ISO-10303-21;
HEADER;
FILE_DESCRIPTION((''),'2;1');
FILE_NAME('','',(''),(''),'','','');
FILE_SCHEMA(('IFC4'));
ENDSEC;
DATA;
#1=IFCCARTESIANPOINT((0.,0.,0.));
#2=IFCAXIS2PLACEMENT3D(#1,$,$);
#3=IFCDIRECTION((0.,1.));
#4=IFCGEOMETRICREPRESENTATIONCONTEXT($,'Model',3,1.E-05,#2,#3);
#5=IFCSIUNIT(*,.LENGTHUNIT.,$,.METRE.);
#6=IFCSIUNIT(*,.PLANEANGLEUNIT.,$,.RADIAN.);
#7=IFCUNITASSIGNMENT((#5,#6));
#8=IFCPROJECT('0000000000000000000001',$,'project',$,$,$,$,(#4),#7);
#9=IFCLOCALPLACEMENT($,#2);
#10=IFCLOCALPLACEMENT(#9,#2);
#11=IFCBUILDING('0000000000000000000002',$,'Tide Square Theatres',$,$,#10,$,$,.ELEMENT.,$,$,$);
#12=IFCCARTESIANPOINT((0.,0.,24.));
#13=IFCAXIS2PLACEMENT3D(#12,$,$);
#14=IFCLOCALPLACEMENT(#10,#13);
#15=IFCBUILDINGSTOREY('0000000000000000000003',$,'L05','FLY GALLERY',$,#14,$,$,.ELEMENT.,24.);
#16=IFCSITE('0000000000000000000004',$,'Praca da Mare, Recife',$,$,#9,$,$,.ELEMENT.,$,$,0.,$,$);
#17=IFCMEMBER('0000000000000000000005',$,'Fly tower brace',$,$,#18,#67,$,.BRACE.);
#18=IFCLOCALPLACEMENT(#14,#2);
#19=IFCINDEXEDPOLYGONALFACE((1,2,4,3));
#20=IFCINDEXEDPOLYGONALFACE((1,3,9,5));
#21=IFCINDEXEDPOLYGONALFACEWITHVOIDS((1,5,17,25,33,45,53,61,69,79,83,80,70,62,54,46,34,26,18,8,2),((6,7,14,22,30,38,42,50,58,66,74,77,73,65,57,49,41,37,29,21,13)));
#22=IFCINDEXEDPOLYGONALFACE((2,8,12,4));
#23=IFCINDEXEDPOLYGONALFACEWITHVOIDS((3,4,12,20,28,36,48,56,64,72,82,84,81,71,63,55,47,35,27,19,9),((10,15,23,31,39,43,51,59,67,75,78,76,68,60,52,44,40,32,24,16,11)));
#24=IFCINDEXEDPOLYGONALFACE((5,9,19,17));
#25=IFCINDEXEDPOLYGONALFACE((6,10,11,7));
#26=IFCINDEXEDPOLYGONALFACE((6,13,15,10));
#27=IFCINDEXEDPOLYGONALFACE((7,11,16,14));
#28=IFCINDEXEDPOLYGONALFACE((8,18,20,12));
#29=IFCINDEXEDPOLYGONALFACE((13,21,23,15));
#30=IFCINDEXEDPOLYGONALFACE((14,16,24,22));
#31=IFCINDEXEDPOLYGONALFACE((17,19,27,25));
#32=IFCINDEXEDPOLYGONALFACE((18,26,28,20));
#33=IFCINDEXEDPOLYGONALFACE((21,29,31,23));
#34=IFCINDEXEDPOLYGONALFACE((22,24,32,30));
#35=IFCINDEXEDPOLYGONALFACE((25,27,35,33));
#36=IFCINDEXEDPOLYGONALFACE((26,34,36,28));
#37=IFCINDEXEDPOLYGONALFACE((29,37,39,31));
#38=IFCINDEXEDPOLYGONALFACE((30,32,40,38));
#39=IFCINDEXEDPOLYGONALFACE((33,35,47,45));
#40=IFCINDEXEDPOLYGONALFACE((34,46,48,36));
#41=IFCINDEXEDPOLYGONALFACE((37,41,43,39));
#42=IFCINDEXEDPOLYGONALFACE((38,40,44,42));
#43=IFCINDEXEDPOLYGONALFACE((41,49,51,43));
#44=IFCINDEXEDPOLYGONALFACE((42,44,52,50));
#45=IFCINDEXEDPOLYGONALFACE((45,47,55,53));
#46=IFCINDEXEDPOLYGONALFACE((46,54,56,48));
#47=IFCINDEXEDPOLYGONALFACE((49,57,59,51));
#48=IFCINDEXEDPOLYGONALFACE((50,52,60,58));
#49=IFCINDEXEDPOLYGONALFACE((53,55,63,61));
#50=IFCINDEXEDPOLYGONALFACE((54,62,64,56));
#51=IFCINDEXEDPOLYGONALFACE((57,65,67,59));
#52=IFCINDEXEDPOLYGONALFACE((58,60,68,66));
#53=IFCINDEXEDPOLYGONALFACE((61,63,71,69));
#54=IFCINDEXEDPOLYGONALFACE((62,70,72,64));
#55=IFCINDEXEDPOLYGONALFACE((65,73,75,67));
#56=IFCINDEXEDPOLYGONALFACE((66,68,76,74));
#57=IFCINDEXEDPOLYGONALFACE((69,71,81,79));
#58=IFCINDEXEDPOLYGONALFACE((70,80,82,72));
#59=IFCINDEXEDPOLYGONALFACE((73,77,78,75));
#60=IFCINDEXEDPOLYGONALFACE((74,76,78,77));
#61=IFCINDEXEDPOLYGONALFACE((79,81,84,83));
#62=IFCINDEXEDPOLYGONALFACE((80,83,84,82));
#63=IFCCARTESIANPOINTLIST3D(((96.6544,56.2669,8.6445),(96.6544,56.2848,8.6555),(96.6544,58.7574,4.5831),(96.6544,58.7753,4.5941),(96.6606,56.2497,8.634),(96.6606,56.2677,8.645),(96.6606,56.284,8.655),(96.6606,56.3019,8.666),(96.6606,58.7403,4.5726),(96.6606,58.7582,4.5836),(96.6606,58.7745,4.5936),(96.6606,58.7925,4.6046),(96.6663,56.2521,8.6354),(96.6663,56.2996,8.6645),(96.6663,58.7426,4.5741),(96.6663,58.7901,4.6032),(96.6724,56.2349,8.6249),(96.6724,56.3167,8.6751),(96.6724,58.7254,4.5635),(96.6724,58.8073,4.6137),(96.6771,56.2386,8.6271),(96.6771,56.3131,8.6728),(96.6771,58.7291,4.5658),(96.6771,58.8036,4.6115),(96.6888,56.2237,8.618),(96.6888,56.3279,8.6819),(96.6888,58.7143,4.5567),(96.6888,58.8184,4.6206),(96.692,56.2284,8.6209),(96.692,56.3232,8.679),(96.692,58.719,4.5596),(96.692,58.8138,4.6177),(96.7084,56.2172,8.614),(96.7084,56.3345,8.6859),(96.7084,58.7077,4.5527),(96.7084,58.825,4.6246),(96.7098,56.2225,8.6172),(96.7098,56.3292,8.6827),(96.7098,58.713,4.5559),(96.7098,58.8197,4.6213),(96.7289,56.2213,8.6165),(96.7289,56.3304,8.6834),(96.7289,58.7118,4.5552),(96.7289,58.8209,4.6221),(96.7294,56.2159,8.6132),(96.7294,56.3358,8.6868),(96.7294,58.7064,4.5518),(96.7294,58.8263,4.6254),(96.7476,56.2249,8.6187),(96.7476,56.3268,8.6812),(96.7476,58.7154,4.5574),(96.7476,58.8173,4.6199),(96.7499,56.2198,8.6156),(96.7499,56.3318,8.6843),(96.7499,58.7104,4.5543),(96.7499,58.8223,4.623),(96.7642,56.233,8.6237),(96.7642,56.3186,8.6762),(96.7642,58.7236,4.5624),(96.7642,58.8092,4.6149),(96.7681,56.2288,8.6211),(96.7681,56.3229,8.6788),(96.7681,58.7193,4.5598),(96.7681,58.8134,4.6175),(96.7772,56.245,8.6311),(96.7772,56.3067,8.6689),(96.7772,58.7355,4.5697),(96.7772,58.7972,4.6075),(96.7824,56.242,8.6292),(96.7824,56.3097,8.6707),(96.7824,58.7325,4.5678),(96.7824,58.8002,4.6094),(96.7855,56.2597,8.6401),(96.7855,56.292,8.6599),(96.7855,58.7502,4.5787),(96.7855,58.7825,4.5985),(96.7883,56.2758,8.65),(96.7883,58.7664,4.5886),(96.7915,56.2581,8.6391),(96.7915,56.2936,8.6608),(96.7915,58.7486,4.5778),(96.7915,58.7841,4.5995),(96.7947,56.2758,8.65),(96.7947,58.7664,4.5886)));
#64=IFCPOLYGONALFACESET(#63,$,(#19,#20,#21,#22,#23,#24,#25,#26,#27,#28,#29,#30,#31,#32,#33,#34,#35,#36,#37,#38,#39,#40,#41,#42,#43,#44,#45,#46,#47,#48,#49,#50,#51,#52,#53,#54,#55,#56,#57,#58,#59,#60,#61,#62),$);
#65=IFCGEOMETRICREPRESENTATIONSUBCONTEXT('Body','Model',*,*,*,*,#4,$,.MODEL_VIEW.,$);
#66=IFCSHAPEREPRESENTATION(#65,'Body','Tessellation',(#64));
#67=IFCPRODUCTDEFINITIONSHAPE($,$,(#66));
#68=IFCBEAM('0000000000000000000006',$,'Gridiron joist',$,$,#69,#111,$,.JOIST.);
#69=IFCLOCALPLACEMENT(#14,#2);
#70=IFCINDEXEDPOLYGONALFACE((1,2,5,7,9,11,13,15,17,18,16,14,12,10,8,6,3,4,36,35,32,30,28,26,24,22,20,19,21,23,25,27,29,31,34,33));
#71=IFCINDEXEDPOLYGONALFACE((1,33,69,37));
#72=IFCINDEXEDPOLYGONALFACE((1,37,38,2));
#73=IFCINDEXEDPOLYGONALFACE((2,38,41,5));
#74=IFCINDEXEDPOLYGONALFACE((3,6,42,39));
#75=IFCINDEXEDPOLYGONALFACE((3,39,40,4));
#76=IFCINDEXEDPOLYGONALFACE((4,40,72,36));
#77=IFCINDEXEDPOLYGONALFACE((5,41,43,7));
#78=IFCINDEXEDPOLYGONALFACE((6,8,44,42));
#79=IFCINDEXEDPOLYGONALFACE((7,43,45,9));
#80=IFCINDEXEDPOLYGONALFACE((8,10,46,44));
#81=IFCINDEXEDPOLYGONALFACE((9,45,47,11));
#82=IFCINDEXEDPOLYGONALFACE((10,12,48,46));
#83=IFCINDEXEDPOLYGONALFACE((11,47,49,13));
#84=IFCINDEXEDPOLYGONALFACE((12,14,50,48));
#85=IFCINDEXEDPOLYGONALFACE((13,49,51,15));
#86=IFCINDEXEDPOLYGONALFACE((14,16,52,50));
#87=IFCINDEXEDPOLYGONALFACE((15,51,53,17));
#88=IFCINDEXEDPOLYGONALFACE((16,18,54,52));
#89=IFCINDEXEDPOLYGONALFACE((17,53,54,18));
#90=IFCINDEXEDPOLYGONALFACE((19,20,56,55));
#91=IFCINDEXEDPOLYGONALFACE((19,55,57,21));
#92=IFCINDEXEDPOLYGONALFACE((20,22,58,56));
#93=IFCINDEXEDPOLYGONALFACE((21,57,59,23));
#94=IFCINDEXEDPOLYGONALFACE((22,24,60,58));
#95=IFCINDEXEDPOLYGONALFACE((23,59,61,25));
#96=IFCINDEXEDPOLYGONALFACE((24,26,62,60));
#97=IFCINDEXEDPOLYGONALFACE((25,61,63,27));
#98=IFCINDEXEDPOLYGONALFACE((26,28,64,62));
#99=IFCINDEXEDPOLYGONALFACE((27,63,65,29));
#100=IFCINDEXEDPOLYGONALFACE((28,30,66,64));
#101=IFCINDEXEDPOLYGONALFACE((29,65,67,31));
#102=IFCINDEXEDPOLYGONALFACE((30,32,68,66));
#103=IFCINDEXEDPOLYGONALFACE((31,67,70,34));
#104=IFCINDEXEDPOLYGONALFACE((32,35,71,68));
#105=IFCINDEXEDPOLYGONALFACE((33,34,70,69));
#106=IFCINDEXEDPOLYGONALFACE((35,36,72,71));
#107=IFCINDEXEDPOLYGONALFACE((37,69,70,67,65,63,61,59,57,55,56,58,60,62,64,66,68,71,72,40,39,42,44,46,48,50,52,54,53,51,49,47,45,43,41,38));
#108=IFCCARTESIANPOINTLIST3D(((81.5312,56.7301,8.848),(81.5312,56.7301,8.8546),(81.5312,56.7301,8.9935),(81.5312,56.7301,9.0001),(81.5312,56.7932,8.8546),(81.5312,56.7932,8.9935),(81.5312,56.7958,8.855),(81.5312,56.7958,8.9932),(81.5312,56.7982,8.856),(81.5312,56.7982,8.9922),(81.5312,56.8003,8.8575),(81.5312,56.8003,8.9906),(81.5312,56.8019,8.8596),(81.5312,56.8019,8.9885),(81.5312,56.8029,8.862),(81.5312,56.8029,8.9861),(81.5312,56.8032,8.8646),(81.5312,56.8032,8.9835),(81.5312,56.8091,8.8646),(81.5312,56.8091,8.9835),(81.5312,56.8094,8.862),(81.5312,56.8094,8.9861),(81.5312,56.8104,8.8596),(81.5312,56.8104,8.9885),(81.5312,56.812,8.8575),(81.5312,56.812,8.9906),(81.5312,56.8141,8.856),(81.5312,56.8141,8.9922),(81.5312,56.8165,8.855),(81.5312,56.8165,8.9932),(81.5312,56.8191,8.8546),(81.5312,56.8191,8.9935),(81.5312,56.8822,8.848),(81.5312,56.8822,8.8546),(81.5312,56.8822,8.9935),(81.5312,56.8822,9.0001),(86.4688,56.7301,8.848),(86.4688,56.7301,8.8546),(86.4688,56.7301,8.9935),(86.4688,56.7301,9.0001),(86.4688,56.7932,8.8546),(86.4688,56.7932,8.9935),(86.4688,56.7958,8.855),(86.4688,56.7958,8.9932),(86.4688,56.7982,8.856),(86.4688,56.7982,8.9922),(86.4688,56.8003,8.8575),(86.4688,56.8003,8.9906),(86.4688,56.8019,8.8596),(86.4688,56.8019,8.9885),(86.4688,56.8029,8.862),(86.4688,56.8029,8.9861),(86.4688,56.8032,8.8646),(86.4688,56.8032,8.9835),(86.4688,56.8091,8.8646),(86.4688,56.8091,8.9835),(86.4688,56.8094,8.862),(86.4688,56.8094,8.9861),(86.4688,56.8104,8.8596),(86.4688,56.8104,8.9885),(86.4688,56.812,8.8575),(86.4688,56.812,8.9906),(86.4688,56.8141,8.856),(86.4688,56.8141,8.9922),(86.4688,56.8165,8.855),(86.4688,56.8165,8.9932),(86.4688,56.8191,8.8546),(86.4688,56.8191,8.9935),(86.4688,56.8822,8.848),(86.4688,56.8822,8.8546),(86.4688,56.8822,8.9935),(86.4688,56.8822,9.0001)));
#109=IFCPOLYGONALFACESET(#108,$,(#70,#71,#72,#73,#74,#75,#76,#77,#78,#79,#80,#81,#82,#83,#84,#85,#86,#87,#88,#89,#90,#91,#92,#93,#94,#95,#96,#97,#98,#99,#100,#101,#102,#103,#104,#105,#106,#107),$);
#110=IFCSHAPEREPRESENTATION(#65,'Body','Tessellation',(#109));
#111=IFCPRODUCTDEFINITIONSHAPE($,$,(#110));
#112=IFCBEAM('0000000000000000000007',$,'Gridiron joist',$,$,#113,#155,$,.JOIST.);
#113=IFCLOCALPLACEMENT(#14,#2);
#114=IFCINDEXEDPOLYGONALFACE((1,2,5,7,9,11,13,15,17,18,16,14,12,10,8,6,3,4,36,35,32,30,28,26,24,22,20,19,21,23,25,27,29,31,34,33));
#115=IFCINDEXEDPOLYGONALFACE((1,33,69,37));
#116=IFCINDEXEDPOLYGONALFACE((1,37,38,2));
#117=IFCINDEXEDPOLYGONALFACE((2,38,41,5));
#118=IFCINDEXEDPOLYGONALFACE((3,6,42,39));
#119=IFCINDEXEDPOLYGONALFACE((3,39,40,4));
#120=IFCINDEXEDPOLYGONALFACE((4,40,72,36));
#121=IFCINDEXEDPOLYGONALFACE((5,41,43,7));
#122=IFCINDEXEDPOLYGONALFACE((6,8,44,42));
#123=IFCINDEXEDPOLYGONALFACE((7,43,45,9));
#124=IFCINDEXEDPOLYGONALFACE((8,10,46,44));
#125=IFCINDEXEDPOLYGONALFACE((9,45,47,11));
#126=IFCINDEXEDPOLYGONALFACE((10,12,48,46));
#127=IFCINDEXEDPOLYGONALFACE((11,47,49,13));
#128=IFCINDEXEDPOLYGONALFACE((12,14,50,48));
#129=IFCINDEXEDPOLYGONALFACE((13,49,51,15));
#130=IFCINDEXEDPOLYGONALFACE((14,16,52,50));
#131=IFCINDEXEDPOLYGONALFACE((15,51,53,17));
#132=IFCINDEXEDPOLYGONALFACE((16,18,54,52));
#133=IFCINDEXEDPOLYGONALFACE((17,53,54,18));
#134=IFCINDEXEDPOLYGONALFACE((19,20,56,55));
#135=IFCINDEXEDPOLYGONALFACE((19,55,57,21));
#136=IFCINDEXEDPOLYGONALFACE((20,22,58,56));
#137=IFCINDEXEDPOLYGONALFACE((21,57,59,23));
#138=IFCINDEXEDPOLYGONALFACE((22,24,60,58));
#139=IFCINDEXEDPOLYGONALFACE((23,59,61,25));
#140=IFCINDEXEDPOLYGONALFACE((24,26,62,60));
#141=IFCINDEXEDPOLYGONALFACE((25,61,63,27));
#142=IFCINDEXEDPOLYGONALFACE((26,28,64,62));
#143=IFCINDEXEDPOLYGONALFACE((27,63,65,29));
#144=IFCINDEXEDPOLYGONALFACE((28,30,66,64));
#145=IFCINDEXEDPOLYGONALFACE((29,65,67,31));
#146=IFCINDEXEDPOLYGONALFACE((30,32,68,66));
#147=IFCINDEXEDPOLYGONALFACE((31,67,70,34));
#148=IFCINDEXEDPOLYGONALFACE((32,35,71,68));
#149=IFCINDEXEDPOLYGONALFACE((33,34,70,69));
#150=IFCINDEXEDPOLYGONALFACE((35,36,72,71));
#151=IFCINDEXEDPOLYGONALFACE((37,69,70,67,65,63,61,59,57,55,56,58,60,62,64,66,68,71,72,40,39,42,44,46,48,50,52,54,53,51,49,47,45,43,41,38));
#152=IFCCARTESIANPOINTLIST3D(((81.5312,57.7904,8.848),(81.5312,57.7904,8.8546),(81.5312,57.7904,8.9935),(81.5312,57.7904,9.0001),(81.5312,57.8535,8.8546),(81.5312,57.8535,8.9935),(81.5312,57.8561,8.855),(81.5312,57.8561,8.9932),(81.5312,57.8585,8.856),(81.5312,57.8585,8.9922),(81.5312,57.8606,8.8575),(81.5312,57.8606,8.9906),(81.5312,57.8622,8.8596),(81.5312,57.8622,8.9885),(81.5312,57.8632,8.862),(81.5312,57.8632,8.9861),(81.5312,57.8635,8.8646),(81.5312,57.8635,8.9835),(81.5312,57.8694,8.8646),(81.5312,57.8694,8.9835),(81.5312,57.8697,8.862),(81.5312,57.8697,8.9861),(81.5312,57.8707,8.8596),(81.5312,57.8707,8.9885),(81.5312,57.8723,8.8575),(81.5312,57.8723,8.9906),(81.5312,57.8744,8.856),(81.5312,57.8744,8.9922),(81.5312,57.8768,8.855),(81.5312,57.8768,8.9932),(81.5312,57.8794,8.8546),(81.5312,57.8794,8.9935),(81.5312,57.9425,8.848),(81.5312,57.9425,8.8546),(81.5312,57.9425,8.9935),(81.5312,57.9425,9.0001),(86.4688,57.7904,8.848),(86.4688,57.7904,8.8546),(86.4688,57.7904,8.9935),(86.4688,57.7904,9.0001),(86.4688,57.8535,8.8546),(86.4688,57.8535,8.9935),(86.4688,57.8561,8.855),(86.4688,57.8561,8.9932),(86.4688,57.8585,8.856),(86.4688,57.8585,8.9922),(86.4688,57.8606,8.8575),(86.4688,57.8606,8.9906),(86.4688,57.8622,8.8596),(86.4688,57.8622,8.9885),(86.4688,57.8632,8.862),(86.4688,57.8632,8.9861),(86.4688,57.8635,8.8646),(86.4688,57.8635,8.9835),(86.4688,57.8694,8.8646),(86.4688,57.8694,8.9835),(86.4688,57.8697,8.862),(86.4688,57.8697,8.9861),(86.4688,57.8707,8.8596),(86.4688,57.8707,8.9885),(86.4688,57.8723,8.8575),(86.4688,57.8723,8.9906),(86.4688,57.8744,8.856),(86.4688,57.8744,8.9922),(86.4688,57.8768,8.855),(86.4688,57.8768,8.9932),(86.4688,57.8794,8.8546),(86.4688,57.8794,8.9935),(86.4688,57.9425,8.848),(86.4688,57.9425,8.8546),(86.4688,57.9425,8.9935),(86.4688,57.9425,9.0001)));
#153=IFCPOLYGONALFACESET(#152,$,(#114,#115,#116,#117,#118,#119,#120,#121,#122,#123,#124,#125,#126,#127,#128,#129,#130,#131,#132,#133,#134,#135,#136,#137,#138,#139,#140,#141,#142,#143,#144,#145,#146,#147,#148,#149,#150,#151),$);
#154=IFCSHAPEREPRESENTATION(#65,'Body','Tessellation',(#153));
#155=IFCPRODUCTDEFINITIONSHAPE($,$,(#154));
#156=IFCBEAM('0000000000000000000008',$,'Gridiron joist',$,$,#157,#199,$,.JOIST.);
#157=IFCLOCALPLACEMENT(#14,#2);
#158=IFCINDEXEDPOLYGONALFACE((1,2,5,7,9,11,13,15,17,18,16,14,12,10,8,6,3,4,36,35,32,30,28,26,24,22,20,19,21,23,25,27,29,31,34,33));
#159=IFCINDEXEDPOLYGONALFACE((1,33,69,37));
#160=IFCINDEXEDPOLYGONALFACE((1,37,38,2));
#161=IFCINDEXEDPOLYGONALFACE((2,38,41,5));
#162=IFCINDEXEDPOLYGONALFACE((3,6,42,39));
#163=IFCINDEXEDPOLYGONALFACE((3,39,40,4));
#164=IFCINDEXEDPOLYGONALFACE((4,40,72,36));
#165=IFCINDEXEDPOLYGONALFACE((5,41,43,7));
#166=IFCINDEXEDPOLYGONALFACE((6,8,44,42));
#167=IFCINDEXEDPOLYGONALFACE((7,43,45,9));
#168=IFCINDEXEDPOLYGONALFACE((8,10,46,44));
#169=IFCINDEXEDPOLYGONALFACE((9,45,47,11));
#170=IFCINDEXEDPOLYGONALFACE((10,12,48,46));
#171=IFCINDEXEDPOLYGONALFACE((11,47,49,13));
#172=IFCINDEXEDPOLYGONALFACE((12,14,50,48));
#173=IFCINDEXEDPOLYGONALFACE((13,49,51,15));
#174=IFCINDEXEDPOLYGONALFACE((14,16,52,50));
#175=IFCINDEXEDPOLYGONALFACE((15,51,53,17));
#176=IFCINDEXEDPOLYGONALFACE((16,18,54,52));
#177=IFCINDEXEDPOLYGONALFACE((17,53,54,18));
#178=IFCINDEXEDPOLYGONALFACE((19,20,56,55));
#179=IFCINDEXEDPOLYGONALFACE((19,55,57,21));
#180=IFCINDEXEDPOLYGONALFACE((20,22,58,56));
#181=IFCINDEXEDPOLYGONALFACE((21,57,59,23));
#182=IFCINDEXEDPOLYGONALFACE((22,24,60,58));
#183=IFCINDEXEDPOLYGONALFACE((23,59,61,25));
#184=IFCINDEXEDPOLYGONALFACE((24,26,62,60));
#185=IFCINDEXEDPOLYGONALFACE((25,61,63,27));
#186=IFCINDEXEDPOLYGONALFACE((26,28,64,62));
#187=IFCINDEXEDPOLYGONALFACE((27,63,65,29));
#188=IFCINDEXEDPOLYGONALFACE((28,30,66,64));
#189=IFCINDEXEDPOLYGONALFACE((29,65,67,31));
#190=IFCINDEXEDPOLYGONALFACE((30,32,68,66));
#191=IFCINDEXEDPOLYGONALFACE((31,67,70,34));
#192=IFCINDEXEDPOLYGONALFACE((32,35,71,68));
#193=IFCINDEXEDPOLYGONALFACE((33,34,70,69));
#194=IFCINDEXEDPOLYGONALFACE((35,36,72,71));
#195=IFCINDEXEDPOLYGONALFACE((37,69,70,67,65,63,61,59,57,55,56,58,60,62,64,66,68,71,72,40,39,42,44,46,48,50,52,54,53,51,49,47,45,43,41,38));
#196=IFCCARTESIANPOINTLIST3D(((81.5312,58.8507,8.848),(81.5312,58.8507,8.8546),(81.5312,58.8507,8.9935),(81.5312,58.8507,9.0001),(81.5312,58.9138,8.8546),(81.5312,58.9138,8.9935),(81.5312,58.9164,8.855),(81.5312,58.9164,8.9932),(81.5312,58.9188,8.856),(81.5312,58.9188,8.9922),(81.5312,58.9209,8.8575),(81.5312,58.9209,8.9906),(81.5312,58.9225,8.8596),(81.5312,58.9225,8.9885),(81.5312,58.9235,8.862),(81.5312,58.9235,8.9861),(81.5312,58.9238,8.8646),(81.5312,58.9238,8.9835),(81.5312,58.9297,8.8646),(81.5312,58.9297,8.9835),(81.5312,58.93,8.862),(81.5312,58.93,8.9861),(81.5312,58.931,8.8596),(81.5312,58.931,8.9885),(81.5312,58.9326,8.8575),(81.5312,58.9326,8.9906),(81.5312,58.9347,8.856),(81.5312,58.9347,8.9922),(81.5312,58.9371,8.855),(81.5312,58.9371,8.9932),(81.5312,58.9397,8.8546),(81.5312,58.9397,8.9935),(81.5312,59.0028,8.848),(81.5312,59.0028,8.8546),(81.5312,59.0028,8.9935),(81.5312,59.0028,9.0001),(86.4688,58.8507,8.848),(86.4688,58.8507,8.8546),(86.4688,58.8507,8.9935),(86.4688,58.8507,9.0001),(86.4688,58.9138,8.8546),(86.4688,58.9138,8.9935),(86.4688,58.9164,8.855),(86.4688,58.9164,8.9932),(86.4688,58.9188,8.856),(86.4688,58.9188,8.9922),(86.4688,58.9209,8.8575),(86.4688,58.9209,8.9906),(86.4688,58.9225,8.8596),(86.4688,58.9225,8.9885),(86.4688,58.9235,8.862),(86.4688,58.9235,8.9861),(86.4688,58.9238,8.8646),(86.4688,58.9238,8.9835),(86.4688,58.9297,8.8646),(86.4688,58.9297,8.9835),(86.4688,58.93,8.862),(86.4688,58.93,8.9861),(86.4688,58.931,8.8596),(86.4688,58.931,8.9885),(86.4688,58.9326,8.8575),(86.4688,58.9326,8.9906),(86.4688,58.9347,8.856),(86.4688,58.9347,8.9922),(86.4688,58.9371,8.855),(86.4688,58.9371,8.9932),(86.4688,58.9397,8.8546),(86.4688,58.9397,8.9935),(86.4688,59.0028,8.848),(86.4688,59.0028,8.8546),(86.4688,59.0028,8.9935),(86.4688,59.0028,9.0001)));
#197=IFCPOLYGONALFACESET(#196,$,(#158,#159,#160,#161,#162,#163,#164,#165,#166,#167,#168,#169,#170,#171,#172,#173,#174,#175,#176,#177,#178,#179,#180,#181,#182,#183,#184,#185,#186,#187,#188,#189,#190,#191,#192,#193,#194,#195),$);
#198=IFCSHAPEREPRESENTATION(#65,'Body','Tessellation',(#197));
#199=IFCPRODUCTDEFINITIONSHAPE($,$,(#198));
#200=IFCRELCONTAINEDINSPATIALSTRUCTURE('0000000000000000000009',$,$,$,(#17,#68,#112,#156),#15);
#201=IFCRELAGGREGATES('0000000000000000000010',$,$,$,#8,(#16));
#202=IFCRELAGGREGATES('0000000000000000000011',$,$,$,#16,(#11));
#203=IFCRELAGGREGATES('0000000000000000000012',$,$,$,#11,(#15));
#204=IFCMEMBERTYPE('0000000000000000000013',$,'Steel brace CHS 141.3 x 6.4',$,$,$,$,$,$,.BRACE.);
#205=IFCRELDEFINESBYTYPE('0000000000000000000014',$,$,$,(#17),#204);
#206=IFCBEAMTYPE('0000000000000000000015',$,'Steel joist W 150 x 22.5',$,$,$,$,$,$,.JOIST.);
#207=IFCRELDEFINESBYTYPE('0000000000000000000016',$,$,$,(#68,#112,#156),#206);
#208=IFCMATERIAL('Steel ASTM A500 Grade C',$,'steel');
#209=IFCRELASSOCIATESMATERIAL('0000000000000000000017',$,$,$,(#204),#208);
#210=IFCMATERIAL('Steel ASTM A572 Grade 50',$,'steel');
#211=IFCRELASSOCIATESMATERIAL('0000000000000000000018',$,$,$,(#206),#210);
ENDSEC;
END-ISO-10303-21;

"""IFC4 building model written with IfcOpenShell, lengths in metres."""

from ifc_helpers import new_model, si_unit, direction, frame, origin, origin_2d, place, context, subcontext, project, spatial, hollow_circle, i_section, extrude, material, material_profile, profile_set, type_object, element, save


model = new_model("IFC4")

# Units and contexts
model_context = context("Model", 3, precision=1e-05, world=origin(), true_north=direction((0.0, 1.0)))
body_context = subcontext(model_context, "Body", "Model", "MODEL_VIEW")
ifc_project = project(units=[si_unit("LENGTHUNIT", "METRE"), si_unit("PLANEANGLEUNIT", "RADIAN")], contexts=[model_context])

# Site, building, storey
site_placement = place(None, origin())
site = spatial("IfcSite", under=ifc_project, at=site_placement, Name="Praca da Mare, Recife", CompositionType="ELEMENT", RefElevation=0.0)
building_placement = place(site_placement, origin())
building = spatial("IfcBuilding", under=site, at=building_placement, Name="Tide Square Theatres", CompositionType="ELEMENT")
storey_placement = place(building_placement, frame((0.0, 0.0, 24.0)))
storey = spatial("IfcBuildingStorey", under=building, at=storey_placement, Name="L05", Description="FLY GALLERY", CompositionType="ELEMENT", Elevation=24.0)

# Member
ifc_material_1 = material(Name="Steel ASTM A500 Grade C", Category="steel")
ifc_material_profile_1 = material_profile(ifc_material_1, hollow_circle(Radius=0.0706, WallThickness=0.0063, at=origin_2d()))
ifc_profile_set_1 = profile_set([ifc_material_profile_1], Name="Steel ASTM A500 Grade C")
member_type_1 = type_object("IfcMemberType", Name="Steel brace CHS 141.3 x 6.4", PredefinedType="BRACE", material=ifc_profile_set_1)
member_1_placement = place(storey_placement, frame((96.7241, 58.7664, 4.5886), z_axis=(0.0, -0.522762, 0.852479), x_axis=(1.0, 0.0, 0.0)))
element("IfcMember", 1, at=member_1_placement, inside=storey, type_object=member_type_1, Name="Fly tower brace", PredefinedType="BRACE", context=body_context, shape_type="SweptSolid", body=[
    extrude(hollow_circle(Radius=0.0706, WallThickness=0.0063, at=origin_2d()), origin(), (0.0, 0.0, 1.0), 4.7642),
])

# Beams
ifc_material_2 = material(Name="Steel ASTM A572 Grade 50", Category="steel")
ifc_material_profile_2 = material_profile(ifc_material_2, i_section(OverallWidth=0.1521, OverallDepth=0.1521, WebThickness=0.0059, FlangeThickness=0.0066, FilletRadius=0.01, at=origin_2d()))
ifc_profile_set_2 = profile_set([ifc_material_profile_2], Name="Steel ASTM A572 Grade 50")
beam_type_1 = type_object("IfcBeamType", Name="Steel joist W 150 x 22.5", PredefinedType="JOIST", material=ifc_profile_set_2)
for number, where, z_axis, x_axis, name in (
    (2, (81.5312, 56.8062, 8.9241), (1.0, 0.0, 0.0), (0.0, 1.0, 0.0), "Gridiron joist"),
    (3, (81.5312, 57.8665, 8.9241), (1.0, 0.0, 0.0), (0.0, 1.0, 0.0), "Gridiron joist"),
    (4, (81.5312, 58.9268, 8.9241), (1.0, 0.0, 0.0), (0.0, 1.0, 0.0), "Gridiron joist"),
):
    element("IfcBeam", number, at=place(storey_placement, frame(where, z_axis=z_axis, x_axis=x_axis)), inside=storey, type_object=beam_type_1, Name=name, PredefinedType="JOIST", context=body_context, shape_type="SweptSolid", body=[
        extrude(i_section(OverallWidth=0.1521, OverallDepth=0.1521, WebThickness=0.0059, FlangeThickness=0.0066, FilletRadius=0.01, at=origin_2d()), origin(), (0.0, 0.0, 1.0), 4.9375),
    ])

save(model, "model.ifc")
